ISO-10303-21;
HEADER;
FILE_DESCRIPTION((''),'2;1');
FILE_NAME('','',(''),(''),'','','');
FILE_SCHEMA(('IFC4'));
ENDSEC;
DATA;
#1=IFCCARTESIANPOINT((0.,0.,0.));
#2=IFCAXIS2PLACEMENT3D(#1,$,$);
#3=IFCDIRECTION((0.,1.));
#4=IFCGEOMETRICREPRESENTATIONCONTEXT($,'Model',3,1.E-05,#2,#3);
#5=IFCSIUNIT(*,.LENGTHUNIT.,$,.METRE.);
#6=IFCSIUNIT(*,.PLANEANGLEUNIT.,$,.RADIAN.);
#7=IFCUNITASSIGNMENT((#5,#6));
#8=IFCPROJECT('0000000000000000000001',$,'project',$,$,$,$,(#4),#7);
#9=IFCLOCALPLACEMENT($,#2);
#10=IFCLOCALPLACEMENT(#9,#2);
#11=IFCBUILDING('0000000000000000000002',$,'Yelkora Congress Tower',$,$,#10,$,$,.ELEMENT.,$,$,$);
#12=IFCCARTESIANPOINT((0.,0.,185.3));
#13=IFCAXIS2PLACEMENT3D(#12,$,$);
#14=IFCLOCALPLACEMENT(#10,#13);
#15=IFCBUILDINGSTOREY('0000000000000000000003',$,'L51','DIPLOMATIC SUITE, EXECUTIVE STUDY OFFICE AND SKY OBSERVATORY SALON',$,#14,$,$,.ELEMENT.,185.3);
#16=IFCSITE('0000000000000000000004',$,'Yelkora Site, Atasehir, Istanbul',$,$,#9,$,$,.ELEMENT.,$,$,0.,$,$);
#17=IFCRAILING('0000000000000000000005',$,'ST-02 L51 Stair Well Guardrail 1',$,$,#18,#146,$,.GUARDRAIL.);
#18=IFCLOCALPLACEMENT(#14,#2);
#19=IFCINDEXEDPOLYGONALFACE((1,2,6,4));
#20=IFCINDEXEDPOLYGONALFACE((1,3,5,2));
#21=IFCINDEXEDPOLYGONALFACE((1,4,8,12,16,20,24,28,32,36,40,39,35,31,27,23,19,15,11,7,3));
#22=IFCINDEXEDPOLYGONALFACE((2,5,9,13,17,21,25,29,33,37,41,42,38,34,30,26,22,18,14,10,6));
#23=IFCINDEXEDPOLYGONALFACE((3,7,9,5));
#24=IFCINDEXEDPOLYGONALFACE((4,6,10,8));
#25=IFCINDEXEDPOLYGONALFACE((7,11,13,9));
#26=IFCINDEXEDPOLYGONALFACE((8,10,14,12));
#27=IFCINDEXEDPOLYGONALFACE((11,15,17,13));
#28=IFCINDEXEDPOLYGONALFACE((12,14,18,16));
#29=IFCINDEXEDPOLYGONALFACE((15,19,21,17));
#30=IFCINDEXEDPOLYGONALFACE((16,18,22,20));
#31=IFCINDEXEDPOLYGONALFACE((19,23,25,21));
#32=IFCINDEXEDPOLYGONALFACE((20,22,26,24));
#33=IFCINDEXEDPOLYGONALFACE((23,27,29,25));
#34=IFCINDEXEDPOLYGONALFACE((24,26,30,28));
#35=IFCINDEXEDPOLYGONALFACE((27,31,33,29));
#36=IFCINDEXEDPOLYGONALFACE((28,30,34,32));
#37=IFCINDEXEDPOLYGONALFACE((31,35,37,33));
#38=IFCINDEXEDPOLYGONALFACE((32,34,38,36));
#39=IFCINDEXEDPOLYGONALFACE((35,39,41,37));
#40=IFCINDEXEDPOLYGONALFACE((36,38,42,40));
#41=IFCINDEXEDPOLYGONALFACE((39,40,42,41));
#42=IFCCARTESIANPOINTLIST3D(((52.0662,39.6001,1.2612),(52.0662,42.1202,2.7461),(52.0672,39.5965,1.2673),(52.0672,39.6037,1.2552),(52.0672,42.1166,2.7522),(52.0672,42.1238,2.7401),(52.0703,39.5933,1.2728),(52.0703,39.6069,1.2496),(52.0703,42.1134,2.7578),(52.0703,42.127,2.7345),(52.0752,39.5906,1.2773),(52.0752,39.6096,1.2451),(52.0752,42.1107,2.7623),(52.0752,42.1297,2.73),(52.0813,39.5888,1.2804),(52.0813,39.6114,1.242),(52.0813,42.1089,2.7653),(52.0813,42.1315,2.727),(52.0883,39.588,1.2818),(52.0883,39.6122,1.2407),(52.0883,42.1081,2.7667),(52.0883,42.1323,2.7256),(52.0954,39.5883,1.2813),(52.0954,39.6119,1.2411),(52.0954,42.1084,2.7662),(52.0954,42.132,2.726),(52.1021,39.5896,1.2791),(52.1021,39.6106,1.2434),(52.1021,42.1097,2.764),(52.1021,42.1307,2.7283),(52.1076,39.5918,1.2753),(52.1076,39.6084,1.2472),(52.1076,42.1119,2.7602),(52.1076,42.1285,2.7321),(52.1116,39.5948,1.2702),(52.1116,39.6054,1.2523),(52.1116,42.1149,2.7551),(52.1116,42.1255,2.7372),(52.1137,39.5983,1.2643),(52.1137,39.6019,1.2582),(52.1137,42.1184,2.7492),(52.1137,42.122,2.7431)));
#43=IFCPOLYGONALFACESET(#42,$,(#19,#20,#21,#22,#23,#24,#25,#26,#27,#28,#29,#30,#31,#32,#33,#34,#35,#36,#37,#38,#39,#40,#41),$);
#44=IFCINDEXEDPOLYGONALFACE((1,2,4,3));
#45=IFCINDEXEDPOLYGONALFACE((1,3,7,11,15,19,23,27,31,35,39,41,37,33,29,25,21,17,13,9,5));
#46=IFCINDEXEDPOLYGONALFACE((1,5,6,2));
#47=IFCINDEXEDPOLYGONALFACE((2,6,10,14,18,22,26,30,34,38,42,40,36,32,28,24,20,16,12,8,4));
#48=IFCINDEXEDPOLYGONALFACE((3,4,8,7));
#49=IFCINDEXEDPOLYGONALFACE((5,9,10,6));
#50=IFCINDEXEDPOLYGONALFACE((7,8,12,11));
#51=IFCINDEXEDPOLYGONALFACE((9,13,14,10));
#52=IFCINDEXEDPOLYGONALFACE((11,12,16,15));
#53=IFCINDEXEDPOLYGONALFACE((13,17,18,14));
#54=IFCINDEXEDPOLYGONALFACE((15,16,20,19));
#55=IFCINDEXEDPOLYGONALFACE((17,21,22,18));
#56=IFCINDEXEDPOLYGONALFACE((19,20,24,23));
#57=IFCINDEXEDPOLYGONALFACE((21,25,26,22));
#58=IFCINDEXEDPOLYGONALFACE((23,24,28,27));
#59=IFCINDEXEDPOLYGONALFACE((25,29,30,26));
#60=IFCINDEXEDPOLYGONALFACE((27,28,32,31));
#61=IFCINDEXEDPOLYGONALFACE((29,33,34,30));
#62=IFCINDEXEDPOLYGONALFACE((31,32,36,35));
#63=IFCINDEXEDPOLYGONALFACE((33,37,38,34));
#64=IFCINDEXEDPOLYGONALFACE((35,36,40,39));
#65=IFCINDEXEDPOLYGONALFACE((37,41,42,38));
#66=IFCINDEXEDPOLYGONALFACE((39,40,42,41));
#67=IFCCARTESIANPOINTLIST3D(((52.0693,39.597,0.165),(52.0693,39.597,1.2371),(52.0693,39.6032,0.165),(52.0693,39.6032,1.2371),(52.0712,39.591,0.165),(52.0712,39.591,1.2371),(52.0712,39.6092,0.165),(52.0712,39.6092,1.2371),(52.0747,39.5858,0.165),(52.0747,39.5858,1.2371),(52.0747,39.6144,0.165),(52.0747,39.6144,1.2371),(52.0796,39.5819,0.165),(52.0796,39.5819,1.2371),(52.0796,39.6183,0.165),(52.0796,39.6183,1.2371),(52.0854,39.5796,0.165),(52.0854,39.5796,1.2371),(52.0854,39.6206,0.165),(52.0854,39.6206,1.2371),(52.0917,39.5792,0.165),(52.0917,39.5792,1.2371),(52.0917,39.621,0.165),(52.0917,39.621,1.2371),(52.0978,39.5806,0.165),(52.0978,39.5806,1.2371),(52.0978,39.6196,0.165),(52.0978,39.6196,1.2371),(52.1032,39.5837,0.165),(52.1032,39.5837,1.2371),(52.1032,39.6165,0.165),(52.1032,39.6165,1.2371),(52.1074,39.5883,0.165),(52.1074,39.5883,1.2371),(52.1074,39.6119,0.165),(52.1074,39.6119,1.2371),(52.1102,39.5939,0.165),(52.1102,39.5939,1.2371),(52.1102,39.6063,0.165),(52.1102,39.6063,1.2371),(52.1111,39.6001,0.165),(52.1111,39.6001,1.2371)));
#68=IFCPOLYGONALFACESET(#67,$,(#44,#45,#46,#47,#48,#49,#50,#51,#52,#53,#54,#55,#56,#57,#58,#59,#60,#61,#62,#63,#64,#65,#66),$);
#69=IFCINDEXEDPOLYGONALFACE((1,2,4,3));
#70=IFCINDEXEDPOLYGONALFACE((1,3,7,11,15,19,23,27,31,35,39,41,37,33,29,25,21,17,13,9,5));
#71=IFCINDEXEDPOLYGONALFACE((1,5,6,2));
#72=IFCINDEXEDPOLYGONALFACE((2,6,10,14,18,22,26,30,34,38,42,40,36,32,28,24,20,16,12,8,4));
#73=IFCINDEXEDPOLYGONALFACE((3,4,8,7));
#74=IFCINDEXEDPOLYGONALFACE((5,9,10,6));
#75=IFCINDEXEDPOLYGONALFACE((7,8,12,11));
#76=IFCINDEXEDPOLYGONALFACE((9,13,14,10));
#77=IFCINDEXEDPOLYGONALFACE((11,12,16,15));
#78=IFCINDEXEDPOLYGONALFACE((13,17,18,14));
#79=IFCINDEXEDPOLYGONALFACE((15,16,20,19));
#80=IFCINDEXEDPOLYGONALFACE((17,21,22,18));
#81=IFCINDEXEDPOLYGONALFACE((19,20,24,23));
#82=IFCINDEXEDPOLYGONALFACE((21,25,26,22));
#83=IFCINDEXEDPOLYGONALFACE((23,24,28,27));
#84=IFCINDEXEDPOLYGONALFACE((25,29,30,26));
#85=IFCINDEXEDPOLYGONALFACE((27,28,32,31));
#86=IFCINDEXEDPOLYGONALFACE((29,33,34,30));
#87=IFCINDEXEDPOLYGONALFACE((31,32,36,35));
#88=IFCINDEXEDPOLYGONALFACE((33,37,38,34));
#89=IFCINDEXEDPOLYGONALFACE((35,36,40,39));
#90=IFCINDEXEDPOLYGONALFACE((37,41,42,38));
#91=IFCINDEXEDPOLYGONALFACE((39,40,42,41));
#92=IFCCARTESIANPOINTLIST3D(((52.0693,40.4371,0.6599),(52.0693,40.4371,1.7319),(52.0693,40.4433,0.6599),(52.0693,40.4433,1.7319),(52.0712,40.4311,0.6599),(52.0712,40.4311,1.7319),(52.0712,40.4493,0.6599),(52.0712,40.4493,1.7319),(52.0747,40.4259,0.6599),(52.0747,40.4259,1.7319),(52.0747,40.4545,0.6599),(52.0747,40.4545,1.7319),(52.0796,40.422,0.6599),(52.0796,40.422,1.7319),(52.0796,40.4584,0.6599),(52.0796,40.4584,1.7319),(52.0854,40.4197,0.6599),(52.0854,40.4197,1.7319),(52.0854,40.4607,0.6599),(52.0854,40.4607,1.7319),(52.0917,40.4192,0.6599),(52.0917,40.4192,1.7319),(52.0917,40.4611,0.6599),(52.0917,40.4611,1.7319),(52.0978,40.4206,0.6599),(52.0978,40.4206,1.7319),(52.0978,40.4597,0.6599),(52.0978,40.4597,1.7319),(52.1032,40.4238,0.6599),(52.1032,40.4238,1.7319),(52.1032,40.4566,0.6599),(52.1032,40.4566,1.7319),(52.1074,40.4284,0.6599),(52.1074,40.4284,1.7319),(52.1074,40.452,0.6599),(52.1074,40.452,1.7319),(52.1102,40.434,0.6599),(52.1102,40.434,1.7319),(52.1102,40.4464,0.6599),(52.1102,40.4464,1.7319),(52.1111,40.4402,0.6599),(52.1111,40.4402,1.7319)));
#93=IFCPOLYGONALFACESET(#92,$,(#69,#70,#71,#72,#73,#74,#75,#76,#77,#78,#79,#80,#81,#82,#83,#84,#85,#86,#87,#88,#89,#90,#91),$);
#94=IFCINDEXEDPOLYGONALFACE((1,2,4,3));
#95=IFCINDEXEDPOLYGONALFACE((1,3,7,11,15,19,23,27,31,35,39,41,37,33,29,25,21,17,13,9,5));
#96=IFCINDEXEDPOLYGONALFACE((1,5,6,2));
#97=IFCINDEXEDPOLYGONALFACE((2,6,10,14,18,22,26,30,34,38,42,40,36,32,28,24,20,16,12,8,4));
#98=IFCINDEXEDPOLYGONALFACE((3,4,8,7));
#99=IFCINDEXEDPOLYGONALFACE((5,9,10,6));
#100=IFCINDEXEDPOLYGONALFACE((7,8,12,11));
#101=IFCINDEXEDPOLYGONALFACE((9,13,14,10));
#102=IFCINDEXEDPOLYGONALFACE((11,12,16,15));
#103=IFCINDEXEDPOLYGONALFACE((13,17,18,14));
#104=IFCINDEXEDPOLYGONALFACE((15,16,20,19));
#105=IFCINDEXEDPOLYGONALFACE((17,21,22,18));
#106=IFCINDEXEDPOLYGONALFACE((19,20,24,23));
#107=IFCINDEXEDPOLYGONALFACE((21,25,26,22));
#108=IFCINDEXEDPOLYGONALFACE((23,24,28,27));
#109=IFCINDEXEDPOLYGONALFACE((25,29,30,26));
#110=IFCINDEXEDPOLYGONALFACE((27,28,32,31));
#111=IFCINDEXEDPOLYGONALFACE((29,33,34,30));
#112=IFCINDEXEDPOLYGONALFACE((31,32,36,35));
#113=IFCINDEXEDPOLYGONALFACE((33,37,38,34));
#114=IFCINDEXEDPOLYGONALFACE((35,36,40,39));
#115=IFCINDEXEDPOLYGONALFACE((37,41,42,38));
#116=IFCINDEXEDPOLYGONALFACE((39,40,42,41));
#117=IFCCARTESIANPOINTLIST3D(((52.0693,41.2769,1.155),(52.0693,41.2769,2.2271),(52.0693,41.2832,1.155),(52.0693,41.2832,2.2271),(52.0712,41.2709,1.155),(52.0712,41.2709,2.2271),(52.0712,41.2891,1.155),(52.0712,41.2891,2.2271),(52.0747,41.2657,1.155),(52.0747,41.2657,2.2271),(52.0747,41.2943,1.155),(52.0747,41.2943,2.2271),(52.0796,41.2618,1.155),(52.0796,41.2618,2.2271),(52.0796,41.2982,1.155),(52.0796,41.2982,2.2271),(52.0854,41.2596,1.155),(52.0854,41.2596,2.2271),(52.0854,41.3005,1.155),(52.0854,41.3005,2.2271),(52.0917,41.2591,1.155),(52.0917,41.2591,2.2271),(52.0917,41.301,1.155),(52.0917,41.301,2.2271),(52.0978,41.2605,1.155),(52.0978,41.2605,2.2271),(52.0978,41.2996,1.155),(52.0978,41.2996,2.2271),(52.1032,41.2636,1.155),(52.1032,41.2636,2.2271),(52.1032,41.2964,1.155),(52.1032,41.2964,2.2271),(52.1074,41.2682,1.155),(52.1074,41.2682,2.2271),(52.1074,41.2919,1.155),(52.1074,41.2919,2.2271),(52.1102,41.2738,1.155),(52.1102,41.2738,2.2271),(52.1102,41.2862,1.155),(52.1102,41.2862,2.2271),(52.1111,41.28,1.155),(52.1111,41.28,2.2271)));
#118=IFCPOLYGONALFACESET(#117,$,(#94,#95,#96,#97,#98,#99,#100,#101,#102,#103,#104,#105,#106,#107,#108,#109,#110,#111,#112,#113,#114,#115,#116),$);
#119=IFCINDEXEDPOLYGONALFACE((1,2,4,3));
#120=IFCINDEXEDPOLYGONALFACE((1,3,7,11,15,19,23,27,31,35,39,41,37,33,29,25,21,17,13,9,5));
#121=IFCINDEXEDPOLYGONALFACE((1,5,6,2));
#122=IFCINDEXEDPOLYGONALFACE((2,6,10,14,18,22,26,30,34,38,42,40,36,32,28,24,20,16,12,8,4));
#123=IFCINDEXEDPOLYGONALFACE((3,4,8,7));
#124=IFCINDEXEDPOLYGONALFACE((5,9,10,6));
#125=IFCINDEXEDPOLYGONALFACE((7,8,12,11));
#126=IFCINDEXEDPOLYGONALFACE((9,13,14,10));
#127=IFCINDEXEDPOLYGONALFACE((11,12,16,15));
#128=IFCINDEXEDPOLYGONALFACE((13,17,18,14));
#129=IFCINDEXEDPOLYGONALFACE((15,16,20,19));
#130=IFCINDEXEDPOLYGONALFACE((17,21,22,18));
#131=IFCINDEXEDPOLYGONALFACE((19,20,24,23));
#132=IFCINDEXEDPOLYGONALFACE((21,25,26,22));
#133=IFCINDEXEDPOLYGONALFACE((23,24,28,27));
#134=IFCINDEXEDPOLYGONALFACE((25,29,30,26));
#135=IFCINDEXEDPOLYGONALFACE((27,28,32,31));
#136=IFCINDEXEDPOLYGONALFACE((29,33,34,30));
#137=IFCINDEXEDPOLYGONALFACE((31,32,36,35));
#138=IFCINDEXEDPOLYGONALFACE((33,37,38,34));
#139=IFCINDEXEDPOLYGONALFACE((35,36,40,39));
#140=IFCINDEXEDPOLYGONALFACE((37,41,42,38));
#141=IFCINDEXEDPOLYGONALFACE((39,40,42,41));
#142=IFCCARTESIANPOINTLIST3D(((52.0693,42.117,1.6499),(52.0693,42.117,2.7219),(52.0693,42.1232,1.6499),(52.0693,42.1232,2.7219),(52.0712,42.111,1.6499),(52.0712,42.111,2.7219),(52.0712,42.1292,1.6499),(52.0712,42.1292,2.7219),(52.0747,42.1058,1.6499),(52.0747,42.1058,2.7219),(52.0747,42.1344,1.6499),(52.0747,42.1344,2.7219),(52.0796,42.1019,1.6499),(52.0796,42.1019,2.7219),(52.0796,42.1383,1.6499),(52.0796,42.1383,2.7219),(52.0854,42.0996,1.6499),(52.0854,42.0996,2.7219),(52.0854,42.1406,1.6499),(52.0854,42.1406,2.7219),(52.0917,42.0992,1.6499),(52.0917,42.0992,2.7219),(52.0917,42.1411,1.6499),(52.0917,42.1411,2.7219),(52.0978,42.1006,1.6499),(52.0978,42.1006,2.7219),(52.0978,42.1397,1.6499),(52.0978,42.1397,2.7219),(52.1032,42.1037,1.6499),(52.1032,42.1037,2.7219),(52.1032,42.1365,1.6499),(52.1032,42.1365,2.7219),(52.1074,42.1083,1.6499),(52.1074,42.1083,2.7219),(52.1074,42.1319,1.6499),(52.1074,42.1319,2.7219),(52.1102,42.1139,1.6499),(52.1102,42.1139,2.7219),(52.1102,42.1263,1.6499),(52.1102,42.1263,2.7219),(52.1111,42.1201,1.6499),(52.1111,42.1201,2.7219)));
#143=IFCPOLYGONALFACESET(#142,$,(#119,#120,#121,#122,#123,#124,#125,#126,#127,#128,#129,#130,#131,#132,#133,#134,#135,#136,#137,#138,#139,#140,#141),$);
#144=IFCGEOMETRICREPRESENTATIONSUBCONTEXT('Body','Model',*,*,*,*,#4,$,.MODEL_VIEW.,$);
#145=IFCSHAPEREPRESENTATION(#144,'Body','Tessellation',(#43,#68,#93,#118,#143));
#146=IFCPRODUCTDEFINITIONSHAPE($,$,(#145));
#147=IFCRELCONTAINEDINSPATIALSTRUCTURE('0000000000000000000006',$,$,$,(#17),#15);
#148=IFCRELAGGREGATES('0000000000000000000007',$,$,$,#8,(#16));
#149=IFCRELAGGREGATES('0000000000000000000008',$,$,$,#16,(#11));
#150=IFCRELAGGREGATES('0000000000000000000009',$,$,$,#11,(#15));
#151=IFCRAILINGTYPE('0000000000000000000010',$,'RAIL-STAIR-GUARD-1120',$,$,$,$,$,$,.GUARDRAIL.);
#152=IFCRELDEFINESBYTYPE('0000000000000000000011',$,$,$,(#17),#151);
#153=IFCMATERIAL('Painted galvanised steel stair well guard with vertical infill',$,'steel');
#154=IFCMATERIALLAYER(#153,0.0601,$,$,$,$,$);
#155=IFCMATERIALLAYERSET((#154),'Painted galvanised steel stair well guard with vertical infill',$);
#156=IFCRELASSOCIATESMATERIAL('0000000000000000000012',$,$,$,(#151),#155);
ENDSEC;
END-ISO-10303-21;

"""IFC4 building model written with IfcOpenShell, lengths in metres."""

from ifc_helpers import new_model, si_unit, direction, frame, origin, origin_2d, place, context, subcontext, project, spatial, circle, extrude, material, layer, layer_set, type_object, element, save


model = new_model("IFC4")

# Units and contexts
model_context = context("Model", 3, precision=1e-05, world=origin(), true_north=direction((0.0, 1.0)))
body_context = subcontext(model_context, "Body", "Model", "MODEL_VIEW")
ifc_project = project(units=[si_unit("LENGTHUNIT", "METRE"), si_unit("PLANEANGLEUNIT", "RADIAN")], contexts=[model_context])

# Site, building, storey
site_placement = place(None, origin())
site = spatial("IfcSite", under=ifc_project, at=site_placement, Name="Yelkora Site, Atasehir, Istanbul", CompositionType="ELEMENT", RefElevation=0.0)
building_placement = place(site_placement, origin())
building = spatial("IfcBuilding", under=site, at=building_placement, Name="Yelkora Congress Tower", CompositionType="ELEMENT")
storey_placement = place(building_placement, frame((0.0, 0.0, 185.3)))
storey = spatial("IfcBuildingStorey", under=building, at=storey_placement, Name="L51", Description="DIPLOMATIC SUITE, EXECUTIVE STUDY OFFICE AND SKY OBSERVATORY SALON", CompositionType="ELEMENT", Elevation=185.3)

# Railing
ifc_material_1 = material(Name="Painted galvanised steel stair well guard with vertical infill", Category="steel")
ifc_layer_1 = layer(ifc_material_1, 0.0601)
ifc_layer_set_1 = layer_set([ifc_layer_1], Name="Painted galvanised steel stair well guard with vertical infill")
railing_type_1 = type_object("IfcRailingType", Name="RAIL-STAIR-GUARD-1120", PredefinedType="GUARDRAIL", material=ifc_layer_set_1)
railing_1_placement = place(storey_placement, frame((52.0901, 39.6001, 0.165)))
element("IfcRailing", 1, at=railing_1_placement, inside=storey, type_object=railing_type_1, Name="ST-02 L51 Stair Well Guardrail 1", PredefinedType="GUARDRAIL", context=body_context, shape_type="SweptSolid", body=[
    extrude(circle(Radius=0.0239, at=origin_2d()), frame((0.0, 0.0, 1.0962), z_axis=(0.0, 0.861561, 0.507655), x_axis=(-1.0, 0.0, 0.0)), (0.0, 0.0, 1.0), 2.925),
    extrude(circle(Radius=0.021, at=origin_2d()), origin(), (0.0, 0.0, 1.0), 1.072),
    extrude(circle(Radius=0.021, at=origin_2d()), frame((0.0, 0.8401, 0.4949)), (0.0, 0.0, 1.0), 1.072),
    extrude(circle(Radius=0.021, at=origin_2d()), frame((0.0, 1.6799, 0.99)), (0.0, 0.0, 1.0), 1.072),
    extrude(circle(Radius=0.021, at=origin_2d()), frame((0.0, 2.52, 1.4849)), (0.0, 0.0, 1.0), 1.072),
])

save(model, "model.ifc")
